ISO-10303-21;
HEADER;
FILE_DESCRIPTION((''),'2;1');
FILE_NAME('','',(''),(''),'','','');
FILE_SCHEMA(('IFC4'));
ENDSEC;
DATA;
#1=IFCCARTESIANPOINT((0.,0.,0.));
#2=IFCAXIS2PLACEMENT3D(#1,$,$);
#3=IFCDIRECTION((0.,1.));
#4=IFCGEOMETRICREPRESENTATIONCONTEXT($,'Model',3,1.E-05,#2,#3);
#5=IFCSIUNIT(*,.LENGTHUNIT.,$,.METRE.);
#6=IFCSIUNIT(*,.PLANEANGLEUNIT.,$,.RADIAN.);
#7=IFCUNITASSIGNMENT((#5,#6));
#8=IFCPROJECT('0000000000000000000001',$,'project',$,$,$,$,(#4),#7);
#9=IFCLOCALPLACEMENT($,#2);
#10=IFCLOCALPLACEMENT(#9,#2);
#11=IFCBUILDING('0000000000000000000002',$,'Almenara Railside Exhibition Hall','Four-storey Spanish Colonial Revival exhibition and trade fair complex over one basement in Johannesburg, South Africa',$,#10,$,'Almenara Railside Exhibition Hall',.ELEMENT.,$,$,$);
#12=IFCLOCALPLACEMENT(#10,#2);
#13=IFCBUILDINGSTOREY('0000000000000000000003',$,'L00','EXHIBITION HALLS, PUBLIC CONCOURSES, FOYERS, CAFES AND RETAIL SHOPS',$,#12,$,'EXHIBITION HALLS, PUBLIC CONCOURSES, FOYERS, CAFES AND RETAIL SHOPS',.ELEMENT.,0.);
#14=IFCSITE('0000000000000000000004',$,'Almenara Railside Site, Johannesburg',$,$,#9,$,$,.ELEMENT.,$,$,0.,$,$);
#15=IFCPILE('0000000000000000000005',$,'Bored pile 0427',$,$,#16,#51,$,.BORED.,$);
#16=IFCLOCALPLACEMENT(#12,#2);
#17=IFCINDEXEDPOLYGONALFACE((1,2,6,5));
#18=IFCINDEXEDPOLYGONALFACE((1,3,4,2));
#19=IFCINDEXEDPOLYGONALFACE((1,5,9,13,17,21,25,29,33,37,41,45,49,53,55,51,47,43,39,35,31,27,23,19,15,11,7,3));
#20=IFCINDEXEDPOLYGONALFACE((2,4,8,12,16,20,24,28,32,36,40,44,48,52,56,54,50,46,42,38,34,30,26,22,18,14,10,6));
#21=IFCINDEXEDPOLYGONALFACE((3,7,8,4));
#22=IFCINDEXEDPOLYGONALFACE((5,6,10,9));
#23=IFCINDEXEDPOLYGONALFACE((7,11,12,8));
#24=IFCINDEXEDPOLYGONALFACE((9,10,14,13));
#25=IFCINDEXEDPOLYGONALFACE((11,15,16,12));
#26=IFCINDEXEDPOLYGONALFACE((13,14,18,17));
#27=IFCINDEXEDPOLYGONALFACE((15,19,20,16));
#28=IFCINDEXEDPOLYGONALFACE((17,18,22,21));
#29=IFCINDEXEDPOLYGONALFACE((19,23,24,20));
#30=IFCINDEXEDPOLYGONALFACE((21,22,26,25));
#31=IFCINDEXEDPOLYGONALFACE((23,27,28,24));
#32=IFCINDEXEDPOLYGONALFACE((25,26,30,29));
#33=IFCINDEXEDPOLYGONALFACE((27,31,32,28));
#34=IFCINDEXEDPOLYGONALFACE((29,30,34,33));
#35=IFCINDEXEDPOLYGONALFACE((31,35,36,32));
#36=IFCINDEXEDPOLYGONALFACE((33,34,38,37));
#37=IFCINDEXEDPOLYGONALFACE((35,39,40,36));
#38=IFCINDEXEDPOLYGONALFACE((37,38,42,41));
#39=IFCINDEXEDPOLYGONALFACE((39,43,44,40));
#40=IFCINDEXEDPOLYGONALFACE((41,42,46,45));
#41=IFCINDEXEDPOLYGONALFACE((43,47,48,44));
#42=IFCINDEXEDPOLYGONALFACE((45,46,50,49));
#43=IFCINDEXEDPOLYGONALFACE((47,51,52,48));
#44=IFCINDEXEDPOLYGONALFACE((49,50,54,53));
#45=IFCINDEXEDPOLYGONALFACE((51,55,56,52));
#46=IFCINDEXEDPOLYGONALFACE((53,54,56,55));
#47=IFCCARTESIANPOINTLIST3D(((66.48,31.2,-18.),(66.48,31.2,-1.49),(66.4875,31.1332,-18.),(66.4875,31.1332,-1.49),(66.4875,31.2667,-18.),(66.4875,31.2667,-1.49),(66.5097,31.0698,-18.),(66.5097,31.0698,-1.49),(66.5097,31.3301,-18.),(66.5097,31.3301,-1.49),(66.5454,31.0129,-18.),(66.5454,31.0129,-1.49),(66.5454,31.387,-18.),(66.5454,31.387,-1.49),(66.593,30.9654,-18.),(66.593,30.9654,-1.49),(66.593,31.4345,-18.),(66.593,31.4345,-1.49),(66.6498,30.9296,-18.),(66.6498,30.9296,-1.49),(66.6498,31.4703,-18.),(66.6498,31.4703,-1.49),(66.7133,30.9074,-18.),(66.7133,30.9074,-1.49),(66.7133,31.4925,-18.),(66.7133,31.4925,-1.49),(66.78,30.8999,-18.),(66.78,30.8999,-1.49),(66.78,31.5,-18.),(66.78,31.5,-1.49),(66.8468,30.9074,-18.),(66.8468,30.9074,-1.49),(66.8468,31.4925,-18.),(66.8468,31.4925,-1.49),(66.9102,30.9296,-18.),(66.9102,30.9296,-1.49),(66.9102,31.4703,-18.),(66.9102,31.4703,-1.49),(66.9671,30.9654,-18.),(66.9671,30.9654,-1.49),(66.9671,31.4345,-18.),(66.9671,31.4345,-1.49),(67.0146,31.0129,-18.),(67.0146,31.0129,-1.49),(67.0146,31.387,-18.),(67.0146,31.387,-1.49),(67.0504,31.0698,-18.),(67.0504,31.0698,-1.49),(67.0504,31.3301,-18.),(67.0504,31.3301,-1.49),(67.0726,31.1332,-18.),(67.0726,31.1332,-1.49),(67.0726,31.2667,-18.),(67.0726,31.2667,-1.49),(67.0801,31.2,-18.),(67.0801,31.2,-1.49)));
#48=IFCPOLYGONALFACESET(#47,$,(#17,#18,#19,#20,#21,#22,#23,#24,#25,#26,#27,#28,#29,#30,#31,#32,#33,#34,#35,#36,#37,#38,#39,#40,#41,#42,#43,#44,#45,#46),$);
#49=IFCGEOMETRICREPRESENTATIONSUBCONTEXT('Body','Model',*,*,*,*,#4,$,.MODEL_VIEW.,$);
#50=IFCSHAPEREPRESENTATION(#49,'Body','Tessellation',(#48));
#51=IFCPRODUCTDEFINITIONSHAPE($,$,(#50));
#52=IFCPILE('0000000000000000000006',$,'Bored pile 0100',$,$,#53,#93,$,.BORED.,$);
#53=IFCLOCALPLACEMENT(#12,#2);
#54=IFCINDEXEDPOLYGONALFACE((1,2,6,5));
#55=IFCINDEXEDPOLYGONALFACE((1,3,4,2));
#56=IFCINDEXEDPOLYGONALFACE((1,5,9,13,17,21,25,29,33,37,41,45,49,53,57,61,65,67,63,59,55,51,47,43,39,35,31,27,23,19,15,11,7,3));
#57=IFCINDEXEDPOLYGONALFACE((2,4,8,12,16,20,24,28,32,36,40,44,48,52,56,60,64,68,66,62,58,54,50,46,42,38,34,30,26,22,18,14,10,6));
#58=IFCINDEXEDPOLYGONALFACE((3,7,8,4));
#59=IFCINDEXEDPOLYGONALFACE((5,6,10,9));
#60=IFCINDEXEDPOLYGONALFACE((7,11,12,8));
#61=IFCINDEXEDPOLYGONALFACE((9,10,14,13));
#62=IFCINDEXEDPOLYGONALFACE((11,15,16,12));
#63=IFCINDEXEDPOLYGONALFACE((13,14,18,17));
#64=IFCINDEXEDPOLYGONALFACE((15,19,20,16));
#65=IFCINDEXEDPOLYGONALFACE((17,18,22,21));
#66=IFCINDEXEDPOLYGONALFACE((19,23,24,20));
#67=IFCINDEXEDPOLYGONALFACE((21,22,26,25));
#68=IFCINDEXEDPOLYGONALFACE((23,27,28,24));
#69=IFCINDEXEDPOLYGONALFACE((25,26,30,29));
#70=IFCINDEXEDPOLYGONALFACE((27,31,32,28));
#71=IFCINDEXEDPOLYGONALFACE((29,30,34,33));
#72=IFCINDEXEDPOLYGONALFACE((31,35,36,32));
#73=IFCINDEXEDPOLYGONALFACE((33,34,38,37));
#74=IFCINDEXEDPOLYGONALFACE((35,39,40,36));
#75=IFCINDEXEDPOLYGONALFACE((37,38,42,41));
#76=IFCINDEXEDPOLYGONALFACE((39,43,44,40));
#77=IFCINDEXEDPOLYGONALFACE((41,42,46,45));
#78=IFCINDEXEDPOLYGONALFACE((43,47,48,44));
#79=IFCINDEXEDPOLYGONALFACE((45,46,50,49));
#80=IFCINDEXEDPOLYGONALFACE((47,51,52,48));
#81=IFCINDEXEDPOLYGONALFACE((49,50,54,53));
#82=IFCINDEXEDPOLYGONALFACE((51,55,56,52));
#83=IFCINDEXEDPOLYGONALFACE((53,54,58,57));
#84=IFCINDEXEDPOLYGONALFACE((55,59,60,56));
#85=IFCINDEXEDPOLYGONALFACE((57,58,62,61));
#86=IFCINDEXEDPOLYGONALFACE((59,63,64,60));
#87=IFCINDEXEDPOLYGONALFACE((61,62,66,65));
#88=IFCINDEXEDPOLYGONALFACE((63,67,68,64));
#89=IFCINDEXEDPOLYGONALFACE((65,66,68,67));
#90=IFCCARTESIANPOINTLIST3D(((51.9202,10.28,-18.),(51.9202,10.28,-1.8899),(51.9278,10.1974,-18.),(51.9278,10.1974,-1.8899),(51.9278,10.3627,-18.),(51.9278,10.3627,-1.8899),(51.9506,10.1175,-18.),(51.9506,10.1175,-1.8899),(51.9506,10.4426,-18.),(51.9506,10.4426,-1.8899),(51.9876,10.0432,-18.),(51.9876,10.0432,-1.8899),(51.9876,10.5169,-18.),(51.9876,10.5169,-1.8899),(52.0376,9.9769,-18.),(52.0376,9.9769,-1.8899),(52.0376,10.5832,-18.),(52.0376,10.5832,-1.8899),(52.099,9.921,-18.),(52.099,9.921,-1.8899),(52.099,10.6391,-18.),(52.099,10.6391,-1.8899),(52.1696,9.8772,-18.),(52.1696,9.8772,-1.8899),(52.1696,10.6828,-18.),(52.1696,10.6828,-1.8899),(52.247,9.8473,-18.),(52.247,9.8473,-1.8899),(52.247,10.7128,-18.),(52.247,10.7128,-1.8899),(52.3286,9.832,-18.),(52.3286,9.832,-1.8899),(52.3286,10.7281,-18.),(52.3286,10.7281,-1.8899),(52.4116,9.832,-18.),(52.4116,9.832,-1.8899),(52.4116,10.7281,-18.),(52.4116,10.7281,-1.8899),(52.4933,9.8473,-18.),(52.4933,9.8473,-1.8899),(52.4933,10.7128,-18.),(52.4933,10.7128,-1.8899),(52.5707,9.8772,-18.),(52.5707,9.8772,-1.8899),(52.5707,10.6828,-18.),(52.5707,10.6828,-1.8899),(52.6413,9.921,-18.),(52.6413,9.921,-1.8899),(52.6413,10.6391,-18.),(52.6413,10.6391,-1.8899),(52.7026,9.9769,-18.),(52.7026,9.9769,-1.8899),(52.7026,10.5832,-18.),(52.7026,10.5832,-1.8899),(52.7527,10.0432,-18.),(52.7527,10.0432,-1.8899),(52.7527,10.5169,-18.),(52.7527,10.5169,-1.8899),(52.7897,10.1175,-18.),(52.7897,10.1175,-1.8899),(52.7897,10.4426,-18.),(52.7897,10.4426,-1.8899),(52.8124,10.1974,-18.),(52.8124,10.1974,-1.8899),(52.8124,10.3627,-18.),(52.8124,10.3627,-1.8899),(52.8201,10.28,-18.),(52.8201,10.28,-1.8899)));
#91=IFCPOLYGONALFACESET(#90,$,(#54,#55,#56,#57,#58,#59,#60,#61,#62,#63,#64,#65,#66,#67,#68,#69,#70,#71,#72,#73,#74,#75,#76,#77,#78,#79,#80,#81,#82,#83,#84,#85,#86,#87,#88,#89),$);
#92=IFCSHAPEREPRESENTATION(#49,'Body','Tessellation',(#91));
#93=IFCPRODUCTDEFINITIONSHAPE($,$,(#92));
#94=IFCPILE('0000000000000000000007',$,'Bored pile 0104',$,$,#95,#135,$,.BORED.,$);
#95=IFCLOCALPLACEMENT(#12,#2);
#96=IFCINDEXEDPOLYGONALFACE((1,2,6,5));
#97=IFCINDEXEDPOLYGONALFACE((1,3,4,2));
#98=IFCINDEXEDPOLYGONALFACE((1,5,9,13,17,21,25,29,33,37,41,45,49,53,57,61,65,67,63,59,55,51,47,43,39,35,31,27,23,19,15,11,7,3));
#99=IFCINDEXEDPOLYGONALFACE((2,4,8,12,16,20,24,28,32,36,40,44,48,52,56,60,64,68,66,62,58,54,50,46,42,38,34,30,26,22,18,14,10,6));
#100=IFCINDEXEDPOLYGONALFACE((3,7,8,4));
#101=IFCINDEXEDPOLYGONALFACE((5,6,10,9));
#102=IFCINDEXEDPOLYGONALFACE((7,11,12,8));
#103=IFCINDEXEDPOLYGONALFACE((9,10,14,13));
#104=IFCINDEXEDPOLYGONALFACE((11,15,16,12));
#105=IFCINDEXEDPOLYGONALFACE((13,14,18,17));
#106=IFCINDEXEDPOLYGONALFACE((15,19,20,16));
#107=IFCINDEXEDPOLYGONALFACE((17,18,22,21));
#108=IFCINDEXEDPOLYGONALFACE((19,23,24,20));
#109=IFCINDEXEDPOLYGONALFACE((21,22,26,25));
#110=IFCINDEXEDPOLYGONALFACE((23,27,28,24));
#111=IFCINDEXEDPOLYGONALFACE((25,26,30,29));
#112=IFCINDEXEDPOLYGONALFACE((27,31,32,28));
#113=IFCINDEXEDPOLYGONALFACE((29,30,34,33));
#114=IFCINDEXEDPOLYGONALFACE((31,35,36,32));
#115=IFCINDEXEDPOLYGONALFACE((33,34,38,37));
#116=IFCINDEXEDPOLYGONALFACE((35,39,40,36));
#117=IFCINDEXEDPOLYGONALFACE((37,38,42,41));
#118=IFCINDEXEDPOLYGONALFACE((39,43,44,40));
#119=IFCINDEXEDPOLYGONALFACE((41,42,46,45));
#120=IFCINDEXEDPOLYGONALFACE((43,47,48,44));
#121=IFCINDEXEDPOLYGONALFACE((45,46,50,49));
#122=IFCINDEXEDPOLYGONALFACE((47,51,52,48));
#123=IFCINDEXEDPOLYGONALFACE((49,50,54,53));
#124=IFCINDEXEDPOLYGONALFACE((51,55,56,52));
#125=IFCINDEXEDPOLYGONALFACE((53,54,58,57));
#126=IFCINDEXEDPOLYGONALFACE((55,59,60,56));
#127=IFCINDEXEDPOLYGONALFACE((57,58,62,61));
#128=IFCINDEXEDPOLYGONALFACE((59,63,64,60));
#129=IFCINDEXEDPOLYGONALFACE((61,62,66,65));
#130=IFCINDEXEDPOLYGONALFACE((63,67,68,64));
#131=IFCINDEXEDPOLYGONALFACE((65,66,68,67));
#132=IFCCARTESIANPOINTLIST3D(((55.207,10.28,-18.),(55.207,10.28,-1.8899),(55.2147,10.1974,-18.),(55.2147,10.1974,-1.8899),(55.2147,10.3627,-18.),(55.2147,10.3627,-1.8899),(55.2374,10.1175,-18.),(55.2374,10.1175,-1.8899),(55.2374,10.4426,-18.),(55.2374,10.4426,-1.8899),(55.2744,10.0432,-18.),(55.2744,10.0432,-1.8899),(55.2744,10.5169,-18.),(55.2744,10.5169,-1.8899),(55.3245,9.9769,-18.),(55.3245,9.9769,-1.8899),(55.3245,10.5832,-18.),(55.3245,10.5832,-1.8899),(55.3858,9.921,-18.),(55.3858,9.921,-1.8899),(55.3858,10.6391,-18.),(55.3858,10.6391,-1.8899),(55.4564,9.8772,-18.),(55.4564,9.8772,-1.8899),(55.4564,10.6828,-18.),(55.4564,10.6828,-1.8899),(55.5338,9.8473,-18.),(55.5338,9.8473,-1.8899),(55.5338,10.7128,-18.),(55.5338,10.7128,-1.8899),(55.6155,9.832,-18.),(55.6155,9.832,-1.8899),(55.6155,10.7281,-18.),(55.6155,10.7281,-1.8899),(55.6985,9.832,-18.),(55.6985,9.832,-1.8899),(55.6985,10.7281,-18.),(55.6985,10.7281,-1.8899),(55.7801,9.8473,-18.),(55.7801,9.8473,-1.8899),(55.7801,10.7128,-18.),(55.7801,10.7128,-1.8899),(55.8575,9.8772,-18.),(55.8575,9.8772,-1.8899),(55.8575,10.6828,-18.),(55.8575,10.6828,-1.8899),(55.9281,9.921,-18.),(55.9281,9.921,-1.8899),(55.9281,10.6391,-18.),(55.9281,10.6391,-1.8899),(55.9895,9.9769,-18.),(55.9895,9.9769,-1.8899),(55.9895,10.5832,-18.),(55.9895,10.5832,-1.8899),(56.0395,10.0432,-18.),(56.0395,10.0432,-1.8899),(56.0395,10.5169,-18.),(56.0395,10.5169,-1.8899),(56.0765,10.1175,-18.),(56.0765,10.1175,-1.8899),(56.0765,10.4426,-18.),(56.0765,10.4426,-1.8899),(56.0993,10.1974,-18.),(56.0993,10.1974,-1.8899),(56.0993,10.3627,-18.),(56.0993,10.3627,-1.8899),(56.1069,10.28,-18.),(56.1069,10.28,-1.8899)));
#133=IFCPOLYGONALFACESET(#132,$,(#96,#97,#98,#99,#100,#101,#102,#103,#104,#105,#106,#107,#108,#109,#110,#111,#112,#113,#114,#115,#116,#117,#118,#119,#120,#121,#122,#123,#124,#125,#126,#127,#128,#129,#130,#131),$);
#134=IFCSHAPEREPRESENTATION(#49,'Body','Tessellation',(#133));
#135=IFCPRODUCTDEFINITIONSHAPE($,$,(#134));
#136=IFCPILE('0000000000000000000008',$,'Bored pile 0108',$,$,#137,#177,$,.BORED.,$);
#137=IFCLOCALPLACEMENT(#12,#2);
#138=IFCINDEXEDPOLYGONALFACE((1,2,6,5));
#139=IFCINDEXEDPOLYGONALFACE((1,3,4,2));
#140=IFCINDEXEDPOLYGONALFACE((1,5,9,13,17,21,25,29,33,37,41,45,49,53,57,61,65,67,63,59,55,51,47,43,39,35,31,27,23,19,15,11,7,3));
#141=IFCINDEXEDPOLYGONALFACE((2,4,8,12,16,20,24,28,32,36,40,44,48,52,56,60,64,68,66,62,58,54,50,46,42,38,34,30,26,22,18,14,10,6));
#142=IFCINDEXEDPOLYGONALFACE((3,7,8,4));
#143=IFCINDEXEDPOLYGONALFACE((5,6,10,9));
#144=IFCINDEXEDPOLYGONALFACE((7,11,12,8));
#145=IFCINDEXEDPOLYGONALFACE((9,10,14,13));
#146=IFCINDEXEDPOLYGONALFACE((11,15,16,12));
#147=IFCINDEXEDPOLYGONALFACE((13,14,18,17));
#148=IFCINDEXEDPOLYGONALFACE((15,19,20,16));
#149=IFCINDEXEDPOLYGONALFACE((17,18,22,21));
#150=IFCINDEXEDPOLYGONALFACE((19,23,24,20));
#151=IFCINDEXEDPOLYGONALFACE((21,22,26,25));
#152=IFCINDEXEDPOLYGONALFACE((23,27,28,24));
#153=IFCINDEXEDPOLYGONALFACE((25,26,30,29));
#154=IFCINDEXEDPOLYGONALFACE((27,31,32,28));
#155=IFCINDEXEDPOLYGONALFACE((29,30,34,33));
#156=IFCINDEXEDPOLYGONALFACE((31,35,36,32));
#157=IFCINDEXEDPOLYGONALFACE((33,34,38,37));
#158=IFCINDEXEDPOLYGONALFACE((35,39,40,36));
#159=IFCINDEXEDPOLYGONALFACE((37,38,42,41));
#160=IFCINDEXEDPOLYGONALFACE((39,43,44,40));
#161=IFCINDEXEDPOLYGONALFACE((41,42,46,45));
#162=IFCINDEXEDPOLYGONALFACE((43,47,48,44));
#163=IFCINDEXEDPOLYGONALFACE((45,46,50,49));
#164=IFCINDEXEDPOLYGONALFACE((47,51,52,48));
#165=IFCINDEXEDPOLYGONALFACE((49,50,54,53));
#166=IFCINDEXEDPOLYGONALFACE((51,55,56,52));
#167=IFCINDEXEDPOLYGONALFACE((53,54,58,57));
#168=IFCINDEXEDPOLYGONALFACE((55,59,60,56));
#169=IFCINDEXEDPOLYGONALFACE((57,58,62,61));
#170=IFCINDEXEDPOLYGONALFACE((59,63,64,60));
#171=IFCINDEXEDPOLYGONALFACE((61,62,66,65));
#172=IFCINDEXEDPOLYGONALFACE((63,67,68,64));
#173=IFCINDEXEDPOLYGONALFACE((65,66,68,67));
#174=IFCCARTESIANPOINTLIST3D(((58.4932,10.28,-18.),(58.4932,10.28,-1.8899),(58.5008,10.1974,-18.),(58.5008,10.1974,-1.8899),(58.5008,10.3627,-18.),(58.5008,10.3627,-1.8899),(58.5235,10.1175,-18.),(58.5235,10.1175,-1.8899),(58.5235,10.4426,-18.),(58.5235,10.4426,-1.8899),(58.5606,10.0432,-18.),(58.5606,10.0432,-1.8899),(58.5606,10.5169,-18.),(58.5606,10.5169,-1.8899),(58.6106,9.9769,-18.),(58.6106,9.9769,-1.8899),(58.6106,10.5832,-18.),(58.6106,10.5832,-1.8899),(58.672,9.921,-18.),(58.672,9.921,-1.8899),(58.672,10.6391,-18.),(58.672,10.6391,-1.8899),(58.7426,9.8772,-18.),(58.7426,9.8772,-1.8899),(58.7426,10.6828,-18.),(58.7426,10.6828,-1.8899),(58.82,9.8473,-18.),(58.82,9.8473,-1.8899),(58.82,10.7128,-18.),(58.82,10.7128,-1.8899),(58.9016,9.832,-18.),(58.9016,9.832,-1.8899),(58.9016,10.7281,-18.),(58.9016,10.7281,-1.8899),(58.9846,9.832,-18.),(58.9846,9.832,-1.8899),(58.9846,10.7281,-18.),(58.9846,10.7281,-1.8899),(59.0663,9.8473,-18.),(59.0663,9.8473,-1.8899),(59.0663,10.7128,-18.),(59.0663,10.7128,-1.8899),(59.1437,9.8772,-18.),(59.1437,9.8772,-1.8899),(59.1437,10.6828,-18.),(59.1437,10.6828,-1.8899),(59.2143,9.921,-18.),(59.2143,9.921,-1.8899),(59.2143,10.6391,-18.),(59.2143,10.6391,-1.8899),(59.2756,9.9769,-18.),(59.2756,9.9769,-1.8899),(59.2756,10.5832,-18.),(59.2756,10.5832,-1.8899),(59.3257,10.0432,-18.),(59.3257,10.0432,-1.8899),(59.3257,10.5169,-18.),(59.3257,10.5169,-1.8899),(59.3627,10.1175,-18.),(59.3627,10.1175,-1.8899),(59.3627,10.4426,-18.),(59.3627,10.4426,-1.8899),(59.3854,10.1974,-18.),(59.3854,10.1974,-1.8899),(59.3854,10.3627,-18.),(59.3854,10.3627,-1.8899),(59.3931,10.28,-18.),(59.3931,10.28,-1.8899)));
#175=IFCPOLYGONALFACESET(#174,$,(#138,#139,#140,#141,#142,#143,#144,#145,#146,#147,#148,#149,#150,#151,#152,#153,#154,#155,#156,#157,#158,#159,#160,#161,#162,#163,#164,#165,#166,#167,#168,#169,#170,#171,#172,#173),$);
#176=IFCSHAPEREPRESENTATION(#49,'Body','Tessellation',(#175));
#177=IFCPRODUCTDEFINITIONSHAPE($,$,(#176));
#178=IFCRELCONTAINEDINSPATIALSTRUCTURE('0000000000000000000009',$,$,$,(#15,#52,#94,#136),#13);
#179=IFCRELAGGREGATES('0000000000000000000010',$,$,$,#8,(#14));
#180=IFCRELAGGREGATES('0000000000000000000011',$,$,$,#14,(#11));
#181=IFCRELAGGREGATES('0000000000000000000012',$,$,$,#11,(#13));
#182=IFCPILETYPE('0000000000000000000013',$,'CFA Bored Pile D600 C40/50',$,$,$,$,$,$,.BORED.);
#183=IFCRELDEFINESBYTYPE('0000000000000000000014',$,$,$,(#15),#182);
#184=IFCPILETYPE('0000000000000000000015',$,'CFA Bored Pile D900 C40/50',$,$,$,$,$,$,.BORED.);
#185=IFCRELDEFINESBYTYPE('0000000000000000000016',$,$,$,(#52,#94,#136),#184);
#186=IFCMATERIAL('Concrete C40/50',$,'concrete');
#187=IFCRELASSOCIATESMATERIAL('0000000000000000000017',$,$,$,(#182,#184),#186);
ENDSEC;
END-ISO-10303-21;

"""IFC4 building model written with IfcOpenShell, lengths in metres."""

from ifc_helpers import new_model, si_unit, direction, frame, origin, origin_2d, place, context, subcontext, project, spatial, circle, extrude, material, material_profile, profile_set, type_object, element, save


model = new_model("IFC4")

# Units and contexts
model_context = context("Model", 3, precision=1e-05, world=origin(), true_north=direction((0.0, 1.0)))
body_context = subcontext(model_context, "Body", "Model", "MODEL_VIEW")
ifc_project = project(units=[si_unit("LENGTHUNIT", "METRE"), si_unit("PLANEANGLEUNIT", "RADIAN")], contexts=[model_context])

# Site, building, storey
site_placement = place(None, origin())
site = spatial("IfcSite", under=ifc_project, at=site_placement, Name="Almenara Railside Site, Johannesburg", CompositionType="ELEMENT", RefElevation=0.0)
building_placement = place(site_placement, origin())
building = spatial("IfcBuilding", under=site, at=building_placement, Name="Almenara Railside Exhibition Hall", Description="Four-storey Spanish Colonial Revival exhibition and trade fair complex over one basement in Johannesburg, South Africa", LongName="Almenara Railside Exhibition Hall", CompositionType="ELEMENT")
storey_placement = place(building_placement, origin())
storey = spatial("IfcBuildingStorey", under=building, at=storey_placement, Name="L00", Description="EXHIBITION HALLS, PUBLIC CONCOURSES, FOYERS, CAFES AND RETAIL SHOPS", LongName="EXHIBITION HALLS, PUBLIC CONCOURSES, FOYERS, CAFES AND RETAIL SHOPS", CompositionType="ELEMENT", Elevation=0.0)

# Piles
ifc_material_1 = material(Name="Concrete C40/50", Category="concrete")
ifc_material_profile_1 = material_profile(ifc_material_1, circle(Radius=0.3, at=origin_2d()), Name="CFA-PILE D600")
ifc_profile_set_1 = profile_set([ifc_material_profile_1], Name="Concrete C40/50")
pile_type_1 = type_object("IfcPileType", Name="CFA Bored Pile D600 C40/50", PredefinedType="BORED", material=ifc_profile_set_1)
for number, where, z_axis, x_axis, name in (
    (1, (66.78, 31.2, -1.49), (0.0, 0.0, -1.0), (1.0, 0.0, 0.0), "Bored pile 0427"),
):
    element("IfcPile", number, at=place(storey_placement, frame(where, z_axis=z_axis, x_axis=x_axis)), inside=storey, type_object=pile_type_1, Name=name, PredefinedType="BORED", context=body_context, shape_type="SweptSolid", body=[
        extrude(circle(Radius=0.3, at=origin_2d()), origin(), (0.0, 0.0, 1.0), 16.51),
    ])
ifc_material_profile_2 = material_profile(ifc_material_1, circle(Radius=0.45, at=origin_2d()), Name="CFA-PILE D900")
ifc_profile_set_2 = profile_set([ifc_material_profile_2], Name="Concrete C40/50")
pile_type_2 = type_object("IfcPileType", Name="CFA Bored Pile D900 C40/50", PredefinedType="BORED", material=ifc_profile_set_2)
for number, where, z_axis, x_axis, name in (
    (2, (52.3701, 10.28, -1.8899), (0.0, 0.0, -1.0), (1.0, 0.0, 0.0), "Bored pile 0100"),
    (3, (55.657, 10.28, -1.8899), (0.0, 0.0, -1.0), (1.0, 0.0, 0.0), "Bored pile 0104"),
    (4, (58.9431, 10.28, -1.8899), (0.0, 0.0, -1.0), (1.0, 0.0, 0.0), "Bored pile 0108"),
):
    element("IfcPile", number, at=place(storey_placement, frame(where, z_axis=z_axis, x_axis=x_axis)), inside=storey, type_object=pile_type_2, Name=name, PredefinedType="BORED", context=body_context, shape_type="SweptSolid", body=[
        extrude(circle(Radius=0.45, at=origin_2d()), origin(), (0.0, 0.0, 1.0), 16.1101),
    ])

save(model, "model.ifc")
